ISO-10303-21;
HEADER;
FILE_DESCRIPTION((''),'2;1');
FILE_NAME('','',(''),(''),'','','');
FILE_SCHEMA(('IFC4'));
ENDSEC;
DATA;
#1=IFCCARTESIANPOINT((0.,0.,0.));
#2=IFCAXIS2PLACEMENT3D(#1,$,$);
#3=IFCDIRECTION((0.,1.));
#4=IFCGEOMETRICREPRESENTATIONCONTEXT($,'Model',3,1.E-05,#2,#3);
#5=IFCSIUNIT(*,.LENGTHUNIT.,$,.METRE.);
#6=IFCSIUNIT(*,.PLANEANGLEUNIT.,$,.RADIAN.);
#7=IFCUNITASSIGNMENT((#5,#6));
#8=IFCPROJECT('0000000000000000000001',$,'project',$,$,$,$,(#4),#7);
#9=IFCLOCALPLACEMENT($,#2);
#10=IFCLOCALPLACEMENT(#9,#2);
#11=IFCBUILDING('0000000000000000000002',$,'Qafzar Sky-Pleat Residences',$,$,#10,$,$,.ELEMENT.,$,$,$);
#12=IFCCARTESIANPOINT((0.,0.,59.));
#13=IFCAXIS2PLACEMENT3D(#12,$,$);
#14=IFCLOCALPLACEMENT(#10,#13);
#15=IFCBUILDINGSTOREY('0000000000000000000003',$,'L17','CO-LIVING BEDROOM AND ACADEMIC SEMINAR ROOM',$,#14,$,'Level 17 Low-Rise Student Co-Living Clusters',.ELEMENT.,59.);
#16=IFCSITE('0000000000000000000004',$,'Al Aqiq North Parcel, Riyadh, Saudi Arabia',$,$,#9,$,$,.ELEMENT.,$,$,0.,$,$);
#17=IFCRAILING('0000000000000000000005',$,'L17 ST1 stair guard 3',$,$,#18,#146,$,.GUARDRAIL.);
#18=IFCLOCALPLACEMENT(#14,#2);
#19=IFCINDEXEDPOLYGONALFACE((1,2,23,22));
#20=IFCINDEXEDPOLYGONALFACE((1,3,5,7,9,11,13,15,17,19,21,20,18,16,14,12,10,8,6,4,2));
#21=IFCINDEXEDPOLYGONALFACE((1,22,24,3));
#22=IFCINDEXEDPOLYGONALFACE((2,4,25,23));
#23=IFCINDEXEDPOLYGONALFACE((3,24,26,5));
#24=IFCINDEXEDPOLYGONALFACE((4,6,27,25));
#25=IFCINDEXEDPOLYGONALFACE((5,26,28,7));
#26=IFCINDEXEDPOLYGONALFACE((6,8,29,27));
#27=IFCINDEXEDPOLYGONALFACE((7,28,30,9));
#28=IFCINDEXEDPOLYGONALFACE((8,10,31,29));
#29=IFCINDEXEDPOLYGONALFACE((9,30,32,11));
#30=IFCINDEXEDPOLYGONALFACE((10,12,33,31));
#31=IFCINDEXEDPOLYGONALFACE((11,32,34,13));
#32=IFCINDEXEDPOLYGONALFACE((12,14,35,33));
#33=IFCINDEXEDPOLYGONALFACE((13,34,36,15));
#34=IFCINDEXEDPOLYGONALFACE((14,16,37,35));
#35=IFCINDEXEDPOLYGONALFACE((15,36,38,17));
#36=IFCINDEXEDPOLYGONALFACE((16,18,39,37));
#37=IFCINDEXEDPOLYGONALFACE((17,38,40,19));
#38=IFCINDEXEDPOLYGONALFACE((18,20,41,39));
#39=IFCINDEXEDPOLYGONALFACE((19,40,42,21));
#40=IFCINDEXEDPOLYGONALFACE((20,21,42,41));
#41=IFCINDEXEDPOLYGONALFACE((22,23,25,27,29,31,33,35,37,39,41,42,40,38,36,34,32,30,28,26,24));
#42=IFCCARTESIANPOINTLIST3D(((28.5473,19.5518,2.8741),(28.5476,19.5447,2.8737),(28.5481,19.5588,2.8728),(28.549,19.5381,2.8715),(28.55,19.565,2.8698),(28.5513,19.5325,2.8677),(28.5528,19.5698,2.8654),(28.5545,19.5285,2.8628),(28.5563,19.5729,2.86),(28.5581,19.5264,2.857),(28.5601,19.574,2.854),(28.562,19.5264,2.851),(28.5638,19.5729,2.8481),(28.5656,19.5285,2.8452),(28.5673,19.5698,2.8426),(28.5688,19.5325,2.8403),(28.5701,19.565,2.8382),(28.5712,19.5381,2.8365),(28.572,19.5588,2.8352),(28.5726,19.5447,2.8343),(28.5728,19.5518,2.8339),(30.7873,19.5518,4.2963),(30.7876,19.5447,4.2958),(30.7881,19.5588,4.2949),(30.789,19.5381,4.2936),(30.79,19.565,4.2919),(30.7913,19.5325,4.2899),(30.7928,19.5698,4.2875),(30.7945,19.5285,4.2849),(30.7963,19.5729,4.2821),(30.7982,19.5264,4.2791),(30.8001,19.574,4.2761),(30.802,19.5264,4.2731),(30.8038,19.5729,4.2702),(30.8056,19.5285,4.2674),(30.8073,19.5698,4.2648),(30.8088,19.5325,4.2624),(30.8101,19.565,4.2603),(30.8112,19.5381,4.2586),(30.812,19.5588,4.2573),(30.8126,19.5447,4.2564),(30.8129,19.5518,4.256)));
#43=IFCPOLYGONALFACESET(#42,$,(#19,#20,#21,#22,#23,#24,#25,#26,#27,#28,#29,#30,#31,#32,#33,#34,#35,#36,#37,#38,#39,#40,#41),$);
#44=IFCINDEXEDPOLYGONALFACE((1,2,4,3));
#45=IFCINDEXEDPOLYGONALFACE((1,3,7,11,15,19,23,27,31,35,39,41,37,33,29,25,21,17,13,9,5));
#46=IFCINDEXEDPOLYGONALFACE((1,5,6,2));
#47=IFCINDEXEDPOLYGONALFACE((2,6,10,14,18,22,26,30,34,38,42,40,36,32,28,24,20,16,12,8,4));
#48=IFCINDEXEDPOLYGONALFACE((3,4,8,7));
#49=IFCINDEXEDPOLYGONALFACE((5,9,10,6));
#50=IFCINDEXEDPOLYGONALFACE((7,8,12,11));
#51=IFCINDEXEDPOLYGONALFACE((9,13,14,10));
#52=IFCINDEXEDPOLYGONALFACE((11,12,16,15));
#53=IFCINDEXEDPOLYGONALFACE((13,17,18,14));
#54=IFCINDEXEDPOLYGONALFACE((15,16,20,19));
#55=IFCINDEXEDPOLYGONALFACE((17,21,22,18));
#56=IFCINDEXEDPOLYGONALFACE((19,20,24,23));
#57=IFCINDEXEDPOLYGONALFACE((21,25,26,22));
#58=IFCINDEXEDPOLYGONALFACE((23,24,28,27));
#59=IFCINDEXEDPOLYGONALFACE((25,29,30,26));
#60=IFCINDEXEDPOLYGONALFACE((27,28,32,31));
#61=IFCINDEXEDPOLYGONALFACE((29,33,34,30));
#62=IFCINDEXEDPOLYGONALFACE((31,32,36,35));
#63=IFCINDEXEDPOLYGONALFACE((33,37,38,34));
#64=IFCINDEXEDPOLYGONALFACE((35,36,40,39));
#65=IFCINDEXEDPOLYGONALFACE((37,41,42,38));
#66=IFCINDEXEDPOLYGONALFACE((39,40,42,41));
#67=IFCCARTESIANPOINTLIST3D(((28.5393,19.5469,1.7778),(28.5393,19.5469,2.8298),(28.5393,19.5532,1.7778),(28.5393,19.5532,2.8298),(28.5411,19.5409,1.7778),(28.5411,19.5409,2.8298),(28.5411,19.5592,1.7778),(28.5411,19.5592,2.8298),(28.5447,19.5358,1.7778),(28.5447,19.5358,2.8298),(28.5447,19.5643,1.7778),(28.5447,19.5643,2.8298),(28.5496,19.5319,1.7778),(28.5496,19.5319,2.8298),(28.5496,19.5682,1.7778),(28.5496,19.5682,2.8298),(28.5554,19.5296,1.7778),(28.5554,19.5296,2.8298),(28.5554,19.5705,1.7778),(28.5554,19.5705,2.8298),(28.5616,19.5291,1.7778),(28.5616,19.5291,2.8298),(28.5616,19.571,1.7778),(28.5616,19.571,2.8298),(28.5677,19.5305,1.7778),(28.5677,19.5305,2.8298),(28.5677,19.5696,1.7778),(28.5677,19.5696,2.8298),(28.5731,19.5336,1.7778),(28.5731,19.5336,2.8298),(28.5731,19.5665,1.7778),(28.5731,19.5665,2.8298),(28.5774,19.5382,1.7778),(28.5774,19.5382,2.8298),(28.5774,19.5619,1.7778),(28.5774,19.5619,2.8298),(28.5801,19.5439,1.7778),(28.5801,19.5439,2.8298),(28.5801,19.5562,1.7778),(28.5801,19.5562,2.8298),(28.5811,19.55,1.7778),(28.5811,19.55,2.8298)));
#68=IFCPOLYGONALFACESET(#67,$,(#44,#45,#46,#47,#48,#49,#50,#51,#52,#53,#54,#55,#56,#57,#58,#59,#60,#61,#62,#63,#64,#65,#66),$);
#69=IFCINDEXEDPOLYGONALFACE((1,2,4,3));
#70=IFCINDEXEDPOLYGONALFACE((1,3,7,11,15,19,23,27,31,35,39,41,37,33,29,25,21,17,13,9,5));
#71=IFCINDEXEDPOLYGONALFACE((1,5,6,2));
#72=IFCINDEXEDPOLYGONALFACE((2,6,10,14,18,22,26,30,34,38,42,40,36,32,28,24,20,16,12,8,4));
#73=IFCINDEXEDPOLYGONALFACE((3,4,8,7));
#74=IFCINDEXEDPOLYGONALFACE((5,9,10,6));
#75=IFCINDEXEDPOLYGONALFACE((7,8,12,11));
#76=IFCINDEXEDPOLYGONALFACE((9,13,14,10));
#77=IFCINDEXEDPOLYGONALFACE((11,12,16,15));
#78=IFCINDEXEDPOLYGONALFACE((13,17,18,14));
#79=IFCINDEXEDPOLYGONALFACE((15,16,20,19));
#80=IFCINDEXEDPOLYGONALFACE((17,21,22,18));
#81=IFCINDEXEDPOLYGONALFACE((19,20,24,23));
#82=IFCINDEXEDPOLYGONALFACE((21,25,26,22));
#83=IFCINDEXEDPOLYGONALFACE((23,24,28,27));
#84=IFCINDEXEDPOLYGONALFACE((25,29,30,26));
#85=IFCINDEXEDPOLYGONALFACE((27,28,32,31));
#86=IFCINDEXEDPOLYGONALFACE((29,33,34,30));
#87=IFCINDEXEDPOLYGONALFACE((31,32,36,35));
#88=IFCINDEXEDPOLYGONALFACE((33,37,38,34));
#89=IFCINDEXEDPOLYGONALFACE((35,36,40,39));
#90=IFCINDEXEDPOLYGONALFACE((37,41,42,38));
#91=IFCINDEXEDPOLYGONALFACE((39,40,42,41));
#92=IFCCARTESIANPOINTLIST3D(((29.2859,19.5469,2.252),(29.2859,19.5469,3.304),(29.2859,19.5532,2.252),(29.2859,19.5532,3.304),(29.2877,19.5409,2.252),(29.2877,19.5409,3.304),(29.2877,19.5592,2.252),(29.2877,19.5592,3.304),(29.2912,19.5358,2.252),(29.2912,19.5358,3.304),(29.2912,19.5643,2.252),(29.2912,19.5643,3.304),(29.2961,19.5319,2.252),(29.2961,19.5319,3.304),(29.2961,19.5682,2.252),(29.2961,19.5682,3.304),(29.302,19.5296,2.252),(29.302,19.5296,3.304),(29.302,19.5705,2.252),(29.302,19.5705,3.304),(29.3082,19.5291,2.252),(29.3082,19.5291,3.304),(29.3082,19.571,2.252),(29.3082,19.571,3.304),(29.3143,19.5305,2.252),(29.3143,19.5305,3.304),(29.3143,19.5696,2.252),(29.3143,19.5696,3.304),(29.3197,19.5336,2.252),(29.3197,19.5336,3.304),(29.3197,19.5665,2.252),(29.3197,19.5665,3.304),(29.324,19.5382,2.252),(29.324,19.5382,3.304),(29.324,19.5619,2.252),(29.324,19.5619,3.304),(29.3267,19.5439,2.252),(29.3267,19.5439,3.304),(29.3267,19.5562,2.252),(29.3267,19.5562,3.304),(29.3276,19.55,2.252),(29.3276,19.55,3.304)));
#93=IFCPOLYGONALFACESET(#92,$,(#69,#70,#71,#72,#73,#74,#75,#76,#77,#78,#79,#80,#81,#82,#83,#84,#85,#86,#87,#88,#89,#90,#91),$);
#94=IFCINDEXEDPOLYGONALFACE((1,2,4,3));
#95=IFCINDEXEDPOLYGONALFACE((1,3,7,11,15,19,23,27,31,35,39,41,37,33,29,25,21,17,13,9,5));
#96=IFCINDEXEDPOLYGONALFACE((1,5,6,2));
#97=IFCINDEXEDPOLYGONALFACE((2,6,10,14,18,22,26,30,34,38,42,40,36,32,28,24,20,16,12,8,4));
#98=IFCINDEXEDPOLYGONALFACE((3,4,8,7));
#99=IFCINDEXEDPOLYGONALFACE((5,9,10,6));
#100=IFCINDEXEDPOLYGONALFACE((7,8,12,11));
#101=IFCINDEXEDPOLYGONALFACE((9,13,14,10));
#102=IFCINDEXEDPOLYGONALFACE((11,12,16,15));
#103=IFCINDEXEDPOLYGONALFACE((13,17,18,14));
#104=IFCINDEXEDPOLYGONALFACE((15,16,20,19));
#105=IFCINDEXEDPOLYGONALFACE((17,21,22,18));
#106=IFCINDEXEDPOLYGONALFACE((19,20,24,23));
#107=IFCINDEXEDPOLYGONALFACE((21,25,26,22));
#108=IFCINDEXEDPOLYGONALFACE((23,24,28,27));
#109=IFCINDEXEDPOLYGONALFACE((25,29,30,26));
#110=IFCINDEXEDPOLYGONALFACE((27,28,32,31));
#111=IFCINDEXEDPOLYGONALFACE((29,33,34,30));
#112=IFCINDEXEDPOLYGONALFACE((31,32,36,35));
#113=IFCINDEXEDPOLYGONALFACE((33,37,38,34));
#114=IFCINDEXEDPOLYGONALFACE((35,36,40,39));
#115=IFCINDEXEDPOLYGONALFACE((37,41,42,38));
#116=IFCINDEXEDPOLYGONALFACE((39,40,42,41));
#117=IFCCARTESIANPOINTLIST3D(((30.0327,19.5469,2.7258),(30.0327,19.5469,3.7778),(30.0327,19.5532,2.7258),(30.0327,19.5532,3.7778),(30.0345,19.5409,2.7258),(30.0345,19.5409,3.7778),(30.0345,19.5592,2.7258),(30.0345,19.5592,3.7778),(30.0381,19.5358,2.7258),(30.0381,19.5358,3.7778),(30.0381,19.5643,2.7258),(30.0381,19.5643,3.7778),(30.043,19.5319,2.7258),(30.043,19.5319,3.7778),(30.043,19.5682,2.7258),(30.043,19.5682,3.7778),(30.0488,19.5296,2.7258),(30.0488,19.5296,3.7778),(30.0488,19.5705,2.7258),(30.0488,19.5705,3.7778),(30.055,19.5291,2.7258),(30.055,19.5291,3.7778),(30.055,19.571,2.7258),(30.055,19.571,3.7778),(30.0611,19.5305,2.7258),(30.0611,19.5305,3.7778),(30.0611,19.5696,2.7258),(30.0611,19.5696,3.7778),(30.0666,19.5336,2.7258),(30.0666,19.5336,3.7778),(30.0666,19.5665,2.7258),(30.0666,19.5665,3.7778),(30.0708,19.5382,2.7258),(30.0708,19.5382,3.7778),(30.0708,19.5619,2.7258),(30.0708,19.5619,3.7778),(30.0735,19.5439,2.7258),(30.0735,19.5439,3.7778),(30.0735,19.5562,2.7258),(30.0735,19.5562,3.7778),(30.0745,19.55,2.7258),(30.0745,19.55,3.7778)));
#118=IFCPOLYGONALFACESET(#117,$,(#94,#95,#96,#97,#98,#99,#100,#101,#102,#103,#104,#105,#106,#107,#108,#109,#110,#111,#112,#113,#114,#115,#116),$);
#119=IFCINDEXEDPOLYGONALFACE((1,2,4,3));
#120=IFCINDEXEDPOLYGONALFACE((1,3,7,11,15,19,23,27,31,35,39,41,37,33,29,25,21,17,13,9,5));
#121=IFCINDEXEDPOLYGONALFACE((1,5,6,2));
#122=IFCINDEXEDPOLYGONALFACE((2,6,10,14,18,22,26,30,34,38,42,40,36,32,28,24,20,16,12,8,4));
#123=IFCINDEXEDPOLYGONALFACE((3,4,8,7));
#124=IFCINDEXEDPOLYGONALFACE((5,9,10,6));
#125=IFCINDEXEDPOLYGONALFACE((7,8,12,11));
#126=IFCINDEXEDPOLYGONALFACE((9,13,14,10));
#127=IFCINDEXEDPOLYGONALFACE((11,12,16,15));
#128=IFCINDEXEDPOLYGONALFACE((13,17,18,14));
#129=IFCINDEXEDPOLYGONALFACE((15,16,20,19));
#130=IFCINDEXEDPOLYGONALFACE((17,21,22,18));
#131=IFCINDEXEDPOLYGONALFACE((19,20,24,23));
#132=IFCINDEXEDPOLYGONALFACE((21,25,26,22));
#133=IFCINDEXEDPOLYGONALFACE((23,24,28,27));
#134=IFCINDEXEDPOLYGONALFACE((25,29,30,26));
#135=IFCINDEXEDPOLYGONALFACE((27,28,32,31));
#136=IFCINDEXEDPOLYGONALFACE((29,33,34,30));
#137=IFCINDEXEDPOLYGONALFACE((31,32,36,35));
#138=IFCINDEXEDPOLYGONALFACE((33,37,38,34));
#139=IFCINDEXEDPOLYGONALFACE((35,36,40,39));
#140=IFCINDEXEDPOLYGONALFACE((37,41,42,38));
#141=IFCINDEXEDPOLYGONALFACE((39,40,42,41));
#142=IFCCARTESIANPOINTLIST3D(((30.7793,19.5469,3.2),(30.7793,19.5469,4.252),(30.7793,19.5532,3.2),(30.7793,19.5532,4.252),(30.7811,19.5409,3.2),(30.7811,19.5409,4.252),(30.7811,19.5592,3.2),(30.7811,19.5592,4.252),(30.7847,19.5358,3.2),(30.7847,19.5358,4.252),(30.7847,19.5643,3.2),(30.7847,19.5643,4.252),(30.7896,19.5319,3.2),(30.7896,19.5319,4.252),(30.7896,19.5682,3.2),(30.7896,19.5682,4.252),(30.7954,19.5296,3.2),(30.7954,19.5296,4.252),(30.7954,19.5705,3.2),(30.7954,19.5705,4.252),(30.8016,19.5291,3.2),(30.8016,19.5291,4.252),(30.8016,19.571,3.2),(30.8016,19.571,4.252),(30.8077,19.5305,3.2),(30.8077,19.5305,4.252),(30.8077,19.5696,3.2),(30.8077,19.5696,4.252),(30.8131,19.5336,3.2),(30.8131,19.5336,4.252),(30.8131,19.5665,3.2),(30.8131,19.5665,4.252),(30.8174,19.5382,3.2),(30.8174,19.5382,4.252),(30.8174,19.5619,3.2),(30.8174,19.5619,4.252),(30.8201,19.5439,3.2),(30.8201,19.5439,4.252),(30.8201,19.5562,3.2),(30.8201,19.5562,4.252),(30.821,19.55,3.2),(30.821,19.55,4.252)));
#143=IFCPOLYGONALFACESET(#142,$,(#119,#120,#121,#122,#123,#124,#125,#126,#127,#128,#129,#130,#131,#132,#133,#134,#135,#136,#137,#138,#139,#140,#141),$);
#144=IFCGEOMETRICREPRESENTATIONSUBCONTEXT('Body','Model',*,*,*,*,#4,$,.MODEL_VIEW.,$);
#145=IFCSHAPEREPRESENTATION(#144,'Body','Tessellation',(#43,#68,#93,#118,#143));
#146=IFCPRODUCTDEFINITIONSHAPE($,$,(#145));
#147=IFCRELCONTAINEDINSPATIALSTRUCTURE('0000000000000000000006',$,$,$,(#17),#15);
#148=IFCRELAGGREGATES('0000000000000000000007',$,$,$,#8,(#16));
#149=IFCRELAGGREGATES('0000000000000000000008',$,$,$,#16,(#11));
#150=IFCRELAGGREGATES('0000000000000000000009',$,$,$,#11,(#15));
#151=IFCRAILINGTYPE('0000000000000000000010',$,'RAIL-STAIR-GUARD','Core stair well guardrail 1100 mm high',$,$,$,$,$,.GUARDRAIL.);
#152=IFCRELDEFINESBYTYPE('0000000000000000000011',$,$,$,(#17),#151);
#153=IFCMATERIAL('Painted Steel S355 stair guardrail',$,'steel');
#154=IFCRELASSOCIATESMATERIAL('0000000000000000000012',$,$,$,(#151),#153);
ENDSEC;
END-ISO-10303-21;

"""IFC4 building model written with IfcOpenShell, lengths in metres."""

from ifc_helpers import new_model, si_unit, direction, frame, origin, origin_2d, place, context, subcontext, project, spatial, circle, extrude, source, transform, mapped, material, type_object, element, save


model = new_model("IFC4")

# Units and contexts
model_context = context("Model", 3, precision=1e-05, world=origin(), true_north=direction((0.0, 1.0)))
body_context = subcontext(model_context, "Body", "Model", "MODEL_VIEW")
ifc_project = project(units=[si_unit("LENGTHUNIT", "METRE"), si_unit("PLANEANGLEUNIT", "RADIAN")], contexts=[model_context])

# Site, building, storey
site_placement = place(None, origin())
site = spatial("IfcSite", under=ifc_project, at=site_placement, Name="Al Aqiq North Parcel, Riyadh, Saudi Arabia", CompositionType="ELEMENT", RefElevation=0.0)
building_placement = place(site_placement, origin())
building = spatial("IfcBuilding", under=site, at=building_placement, Name="Qafzar Sky-Pleat Residences", CompositionType="ELEMENT")
storey_placement = place(building_placement, frame((0.0, 0.0, 59.0)))
storey = spatial("IfcBuildingStorey", under=building, at=storey_placement, Name="L17", Description="CO-LIVING BEDROOM AND ACADEMIC SEMINAR ROOM", LongName="Level 17 Low-Rise Student Co-Living Clusters", CompositionType="ELEMENT", Elevation=59.0)

# Railing
ifc_material_1 = material(Name="Painted Steel S355 stair guardrail", Category="steel")
railing_type_1 = type_object("IfcRailingType", Name="RAIL-STAIR-GUARD", Description="Core stair well guardrail 1100 mm high", PredefinedType="GUARDRAIL", material=ifc_material_1)
shared_shape_1 = source(origin(), body_context, "Body", "SweptSolid", [
    extrude(circle(Radius=0.0239, at=origin_2d()), frame((0.0, 0.0, 1.0762), z_axis=(0.844229, 0.0, 0.535982), x_axis=(0.0, 1.0, 0.0)), (0.0, 0.0, 1.0), 2.6533),
    extrude(circle(Radius=0.021, at=origin_2d()), origin(), (0.0, 0.0, 1.0), 1.052),
    extrude(circle(Radius=0.021, at=origin_2d()), frame((0.7466, 0.0, 0.4741)), (0.0, 0.0, 1.0), 1.052),
    extrude(circle(Radius=0.021, at=origin_2d()), frame((1.4934, 0.0, 0.948)), (0.0, 0.0, 1.0), 1.052),
    extrude(circle(Radius=0.021, at=origin_2d()), frame((2.24, 0.0, 1.4221)), (0.0, 0.0, 1.0), 1.052),
])
railing_1_placement = place(storey_placement, frame((28.5601, 19.55, 1.7778)))
element("IfcRailing", 1, at=railing_1_placement, inside=storey, type_object=railing_type_1, Name="L17 ST1 stair guard 3", PredefinedType="GUARDRAIL", context=body_context, shape_type="MappedRepresentation", body=[
    mapped(shared_shape_1, transform((0.0, 0.0, 0.0), x_axis=(1.0, 0.0, 0.0), y_axis=(0.0, 1.0, 0.0), z_axis=(0.0, 0.0, 1.0), scale=1.0)),
])

save(model, "model.ifc")
